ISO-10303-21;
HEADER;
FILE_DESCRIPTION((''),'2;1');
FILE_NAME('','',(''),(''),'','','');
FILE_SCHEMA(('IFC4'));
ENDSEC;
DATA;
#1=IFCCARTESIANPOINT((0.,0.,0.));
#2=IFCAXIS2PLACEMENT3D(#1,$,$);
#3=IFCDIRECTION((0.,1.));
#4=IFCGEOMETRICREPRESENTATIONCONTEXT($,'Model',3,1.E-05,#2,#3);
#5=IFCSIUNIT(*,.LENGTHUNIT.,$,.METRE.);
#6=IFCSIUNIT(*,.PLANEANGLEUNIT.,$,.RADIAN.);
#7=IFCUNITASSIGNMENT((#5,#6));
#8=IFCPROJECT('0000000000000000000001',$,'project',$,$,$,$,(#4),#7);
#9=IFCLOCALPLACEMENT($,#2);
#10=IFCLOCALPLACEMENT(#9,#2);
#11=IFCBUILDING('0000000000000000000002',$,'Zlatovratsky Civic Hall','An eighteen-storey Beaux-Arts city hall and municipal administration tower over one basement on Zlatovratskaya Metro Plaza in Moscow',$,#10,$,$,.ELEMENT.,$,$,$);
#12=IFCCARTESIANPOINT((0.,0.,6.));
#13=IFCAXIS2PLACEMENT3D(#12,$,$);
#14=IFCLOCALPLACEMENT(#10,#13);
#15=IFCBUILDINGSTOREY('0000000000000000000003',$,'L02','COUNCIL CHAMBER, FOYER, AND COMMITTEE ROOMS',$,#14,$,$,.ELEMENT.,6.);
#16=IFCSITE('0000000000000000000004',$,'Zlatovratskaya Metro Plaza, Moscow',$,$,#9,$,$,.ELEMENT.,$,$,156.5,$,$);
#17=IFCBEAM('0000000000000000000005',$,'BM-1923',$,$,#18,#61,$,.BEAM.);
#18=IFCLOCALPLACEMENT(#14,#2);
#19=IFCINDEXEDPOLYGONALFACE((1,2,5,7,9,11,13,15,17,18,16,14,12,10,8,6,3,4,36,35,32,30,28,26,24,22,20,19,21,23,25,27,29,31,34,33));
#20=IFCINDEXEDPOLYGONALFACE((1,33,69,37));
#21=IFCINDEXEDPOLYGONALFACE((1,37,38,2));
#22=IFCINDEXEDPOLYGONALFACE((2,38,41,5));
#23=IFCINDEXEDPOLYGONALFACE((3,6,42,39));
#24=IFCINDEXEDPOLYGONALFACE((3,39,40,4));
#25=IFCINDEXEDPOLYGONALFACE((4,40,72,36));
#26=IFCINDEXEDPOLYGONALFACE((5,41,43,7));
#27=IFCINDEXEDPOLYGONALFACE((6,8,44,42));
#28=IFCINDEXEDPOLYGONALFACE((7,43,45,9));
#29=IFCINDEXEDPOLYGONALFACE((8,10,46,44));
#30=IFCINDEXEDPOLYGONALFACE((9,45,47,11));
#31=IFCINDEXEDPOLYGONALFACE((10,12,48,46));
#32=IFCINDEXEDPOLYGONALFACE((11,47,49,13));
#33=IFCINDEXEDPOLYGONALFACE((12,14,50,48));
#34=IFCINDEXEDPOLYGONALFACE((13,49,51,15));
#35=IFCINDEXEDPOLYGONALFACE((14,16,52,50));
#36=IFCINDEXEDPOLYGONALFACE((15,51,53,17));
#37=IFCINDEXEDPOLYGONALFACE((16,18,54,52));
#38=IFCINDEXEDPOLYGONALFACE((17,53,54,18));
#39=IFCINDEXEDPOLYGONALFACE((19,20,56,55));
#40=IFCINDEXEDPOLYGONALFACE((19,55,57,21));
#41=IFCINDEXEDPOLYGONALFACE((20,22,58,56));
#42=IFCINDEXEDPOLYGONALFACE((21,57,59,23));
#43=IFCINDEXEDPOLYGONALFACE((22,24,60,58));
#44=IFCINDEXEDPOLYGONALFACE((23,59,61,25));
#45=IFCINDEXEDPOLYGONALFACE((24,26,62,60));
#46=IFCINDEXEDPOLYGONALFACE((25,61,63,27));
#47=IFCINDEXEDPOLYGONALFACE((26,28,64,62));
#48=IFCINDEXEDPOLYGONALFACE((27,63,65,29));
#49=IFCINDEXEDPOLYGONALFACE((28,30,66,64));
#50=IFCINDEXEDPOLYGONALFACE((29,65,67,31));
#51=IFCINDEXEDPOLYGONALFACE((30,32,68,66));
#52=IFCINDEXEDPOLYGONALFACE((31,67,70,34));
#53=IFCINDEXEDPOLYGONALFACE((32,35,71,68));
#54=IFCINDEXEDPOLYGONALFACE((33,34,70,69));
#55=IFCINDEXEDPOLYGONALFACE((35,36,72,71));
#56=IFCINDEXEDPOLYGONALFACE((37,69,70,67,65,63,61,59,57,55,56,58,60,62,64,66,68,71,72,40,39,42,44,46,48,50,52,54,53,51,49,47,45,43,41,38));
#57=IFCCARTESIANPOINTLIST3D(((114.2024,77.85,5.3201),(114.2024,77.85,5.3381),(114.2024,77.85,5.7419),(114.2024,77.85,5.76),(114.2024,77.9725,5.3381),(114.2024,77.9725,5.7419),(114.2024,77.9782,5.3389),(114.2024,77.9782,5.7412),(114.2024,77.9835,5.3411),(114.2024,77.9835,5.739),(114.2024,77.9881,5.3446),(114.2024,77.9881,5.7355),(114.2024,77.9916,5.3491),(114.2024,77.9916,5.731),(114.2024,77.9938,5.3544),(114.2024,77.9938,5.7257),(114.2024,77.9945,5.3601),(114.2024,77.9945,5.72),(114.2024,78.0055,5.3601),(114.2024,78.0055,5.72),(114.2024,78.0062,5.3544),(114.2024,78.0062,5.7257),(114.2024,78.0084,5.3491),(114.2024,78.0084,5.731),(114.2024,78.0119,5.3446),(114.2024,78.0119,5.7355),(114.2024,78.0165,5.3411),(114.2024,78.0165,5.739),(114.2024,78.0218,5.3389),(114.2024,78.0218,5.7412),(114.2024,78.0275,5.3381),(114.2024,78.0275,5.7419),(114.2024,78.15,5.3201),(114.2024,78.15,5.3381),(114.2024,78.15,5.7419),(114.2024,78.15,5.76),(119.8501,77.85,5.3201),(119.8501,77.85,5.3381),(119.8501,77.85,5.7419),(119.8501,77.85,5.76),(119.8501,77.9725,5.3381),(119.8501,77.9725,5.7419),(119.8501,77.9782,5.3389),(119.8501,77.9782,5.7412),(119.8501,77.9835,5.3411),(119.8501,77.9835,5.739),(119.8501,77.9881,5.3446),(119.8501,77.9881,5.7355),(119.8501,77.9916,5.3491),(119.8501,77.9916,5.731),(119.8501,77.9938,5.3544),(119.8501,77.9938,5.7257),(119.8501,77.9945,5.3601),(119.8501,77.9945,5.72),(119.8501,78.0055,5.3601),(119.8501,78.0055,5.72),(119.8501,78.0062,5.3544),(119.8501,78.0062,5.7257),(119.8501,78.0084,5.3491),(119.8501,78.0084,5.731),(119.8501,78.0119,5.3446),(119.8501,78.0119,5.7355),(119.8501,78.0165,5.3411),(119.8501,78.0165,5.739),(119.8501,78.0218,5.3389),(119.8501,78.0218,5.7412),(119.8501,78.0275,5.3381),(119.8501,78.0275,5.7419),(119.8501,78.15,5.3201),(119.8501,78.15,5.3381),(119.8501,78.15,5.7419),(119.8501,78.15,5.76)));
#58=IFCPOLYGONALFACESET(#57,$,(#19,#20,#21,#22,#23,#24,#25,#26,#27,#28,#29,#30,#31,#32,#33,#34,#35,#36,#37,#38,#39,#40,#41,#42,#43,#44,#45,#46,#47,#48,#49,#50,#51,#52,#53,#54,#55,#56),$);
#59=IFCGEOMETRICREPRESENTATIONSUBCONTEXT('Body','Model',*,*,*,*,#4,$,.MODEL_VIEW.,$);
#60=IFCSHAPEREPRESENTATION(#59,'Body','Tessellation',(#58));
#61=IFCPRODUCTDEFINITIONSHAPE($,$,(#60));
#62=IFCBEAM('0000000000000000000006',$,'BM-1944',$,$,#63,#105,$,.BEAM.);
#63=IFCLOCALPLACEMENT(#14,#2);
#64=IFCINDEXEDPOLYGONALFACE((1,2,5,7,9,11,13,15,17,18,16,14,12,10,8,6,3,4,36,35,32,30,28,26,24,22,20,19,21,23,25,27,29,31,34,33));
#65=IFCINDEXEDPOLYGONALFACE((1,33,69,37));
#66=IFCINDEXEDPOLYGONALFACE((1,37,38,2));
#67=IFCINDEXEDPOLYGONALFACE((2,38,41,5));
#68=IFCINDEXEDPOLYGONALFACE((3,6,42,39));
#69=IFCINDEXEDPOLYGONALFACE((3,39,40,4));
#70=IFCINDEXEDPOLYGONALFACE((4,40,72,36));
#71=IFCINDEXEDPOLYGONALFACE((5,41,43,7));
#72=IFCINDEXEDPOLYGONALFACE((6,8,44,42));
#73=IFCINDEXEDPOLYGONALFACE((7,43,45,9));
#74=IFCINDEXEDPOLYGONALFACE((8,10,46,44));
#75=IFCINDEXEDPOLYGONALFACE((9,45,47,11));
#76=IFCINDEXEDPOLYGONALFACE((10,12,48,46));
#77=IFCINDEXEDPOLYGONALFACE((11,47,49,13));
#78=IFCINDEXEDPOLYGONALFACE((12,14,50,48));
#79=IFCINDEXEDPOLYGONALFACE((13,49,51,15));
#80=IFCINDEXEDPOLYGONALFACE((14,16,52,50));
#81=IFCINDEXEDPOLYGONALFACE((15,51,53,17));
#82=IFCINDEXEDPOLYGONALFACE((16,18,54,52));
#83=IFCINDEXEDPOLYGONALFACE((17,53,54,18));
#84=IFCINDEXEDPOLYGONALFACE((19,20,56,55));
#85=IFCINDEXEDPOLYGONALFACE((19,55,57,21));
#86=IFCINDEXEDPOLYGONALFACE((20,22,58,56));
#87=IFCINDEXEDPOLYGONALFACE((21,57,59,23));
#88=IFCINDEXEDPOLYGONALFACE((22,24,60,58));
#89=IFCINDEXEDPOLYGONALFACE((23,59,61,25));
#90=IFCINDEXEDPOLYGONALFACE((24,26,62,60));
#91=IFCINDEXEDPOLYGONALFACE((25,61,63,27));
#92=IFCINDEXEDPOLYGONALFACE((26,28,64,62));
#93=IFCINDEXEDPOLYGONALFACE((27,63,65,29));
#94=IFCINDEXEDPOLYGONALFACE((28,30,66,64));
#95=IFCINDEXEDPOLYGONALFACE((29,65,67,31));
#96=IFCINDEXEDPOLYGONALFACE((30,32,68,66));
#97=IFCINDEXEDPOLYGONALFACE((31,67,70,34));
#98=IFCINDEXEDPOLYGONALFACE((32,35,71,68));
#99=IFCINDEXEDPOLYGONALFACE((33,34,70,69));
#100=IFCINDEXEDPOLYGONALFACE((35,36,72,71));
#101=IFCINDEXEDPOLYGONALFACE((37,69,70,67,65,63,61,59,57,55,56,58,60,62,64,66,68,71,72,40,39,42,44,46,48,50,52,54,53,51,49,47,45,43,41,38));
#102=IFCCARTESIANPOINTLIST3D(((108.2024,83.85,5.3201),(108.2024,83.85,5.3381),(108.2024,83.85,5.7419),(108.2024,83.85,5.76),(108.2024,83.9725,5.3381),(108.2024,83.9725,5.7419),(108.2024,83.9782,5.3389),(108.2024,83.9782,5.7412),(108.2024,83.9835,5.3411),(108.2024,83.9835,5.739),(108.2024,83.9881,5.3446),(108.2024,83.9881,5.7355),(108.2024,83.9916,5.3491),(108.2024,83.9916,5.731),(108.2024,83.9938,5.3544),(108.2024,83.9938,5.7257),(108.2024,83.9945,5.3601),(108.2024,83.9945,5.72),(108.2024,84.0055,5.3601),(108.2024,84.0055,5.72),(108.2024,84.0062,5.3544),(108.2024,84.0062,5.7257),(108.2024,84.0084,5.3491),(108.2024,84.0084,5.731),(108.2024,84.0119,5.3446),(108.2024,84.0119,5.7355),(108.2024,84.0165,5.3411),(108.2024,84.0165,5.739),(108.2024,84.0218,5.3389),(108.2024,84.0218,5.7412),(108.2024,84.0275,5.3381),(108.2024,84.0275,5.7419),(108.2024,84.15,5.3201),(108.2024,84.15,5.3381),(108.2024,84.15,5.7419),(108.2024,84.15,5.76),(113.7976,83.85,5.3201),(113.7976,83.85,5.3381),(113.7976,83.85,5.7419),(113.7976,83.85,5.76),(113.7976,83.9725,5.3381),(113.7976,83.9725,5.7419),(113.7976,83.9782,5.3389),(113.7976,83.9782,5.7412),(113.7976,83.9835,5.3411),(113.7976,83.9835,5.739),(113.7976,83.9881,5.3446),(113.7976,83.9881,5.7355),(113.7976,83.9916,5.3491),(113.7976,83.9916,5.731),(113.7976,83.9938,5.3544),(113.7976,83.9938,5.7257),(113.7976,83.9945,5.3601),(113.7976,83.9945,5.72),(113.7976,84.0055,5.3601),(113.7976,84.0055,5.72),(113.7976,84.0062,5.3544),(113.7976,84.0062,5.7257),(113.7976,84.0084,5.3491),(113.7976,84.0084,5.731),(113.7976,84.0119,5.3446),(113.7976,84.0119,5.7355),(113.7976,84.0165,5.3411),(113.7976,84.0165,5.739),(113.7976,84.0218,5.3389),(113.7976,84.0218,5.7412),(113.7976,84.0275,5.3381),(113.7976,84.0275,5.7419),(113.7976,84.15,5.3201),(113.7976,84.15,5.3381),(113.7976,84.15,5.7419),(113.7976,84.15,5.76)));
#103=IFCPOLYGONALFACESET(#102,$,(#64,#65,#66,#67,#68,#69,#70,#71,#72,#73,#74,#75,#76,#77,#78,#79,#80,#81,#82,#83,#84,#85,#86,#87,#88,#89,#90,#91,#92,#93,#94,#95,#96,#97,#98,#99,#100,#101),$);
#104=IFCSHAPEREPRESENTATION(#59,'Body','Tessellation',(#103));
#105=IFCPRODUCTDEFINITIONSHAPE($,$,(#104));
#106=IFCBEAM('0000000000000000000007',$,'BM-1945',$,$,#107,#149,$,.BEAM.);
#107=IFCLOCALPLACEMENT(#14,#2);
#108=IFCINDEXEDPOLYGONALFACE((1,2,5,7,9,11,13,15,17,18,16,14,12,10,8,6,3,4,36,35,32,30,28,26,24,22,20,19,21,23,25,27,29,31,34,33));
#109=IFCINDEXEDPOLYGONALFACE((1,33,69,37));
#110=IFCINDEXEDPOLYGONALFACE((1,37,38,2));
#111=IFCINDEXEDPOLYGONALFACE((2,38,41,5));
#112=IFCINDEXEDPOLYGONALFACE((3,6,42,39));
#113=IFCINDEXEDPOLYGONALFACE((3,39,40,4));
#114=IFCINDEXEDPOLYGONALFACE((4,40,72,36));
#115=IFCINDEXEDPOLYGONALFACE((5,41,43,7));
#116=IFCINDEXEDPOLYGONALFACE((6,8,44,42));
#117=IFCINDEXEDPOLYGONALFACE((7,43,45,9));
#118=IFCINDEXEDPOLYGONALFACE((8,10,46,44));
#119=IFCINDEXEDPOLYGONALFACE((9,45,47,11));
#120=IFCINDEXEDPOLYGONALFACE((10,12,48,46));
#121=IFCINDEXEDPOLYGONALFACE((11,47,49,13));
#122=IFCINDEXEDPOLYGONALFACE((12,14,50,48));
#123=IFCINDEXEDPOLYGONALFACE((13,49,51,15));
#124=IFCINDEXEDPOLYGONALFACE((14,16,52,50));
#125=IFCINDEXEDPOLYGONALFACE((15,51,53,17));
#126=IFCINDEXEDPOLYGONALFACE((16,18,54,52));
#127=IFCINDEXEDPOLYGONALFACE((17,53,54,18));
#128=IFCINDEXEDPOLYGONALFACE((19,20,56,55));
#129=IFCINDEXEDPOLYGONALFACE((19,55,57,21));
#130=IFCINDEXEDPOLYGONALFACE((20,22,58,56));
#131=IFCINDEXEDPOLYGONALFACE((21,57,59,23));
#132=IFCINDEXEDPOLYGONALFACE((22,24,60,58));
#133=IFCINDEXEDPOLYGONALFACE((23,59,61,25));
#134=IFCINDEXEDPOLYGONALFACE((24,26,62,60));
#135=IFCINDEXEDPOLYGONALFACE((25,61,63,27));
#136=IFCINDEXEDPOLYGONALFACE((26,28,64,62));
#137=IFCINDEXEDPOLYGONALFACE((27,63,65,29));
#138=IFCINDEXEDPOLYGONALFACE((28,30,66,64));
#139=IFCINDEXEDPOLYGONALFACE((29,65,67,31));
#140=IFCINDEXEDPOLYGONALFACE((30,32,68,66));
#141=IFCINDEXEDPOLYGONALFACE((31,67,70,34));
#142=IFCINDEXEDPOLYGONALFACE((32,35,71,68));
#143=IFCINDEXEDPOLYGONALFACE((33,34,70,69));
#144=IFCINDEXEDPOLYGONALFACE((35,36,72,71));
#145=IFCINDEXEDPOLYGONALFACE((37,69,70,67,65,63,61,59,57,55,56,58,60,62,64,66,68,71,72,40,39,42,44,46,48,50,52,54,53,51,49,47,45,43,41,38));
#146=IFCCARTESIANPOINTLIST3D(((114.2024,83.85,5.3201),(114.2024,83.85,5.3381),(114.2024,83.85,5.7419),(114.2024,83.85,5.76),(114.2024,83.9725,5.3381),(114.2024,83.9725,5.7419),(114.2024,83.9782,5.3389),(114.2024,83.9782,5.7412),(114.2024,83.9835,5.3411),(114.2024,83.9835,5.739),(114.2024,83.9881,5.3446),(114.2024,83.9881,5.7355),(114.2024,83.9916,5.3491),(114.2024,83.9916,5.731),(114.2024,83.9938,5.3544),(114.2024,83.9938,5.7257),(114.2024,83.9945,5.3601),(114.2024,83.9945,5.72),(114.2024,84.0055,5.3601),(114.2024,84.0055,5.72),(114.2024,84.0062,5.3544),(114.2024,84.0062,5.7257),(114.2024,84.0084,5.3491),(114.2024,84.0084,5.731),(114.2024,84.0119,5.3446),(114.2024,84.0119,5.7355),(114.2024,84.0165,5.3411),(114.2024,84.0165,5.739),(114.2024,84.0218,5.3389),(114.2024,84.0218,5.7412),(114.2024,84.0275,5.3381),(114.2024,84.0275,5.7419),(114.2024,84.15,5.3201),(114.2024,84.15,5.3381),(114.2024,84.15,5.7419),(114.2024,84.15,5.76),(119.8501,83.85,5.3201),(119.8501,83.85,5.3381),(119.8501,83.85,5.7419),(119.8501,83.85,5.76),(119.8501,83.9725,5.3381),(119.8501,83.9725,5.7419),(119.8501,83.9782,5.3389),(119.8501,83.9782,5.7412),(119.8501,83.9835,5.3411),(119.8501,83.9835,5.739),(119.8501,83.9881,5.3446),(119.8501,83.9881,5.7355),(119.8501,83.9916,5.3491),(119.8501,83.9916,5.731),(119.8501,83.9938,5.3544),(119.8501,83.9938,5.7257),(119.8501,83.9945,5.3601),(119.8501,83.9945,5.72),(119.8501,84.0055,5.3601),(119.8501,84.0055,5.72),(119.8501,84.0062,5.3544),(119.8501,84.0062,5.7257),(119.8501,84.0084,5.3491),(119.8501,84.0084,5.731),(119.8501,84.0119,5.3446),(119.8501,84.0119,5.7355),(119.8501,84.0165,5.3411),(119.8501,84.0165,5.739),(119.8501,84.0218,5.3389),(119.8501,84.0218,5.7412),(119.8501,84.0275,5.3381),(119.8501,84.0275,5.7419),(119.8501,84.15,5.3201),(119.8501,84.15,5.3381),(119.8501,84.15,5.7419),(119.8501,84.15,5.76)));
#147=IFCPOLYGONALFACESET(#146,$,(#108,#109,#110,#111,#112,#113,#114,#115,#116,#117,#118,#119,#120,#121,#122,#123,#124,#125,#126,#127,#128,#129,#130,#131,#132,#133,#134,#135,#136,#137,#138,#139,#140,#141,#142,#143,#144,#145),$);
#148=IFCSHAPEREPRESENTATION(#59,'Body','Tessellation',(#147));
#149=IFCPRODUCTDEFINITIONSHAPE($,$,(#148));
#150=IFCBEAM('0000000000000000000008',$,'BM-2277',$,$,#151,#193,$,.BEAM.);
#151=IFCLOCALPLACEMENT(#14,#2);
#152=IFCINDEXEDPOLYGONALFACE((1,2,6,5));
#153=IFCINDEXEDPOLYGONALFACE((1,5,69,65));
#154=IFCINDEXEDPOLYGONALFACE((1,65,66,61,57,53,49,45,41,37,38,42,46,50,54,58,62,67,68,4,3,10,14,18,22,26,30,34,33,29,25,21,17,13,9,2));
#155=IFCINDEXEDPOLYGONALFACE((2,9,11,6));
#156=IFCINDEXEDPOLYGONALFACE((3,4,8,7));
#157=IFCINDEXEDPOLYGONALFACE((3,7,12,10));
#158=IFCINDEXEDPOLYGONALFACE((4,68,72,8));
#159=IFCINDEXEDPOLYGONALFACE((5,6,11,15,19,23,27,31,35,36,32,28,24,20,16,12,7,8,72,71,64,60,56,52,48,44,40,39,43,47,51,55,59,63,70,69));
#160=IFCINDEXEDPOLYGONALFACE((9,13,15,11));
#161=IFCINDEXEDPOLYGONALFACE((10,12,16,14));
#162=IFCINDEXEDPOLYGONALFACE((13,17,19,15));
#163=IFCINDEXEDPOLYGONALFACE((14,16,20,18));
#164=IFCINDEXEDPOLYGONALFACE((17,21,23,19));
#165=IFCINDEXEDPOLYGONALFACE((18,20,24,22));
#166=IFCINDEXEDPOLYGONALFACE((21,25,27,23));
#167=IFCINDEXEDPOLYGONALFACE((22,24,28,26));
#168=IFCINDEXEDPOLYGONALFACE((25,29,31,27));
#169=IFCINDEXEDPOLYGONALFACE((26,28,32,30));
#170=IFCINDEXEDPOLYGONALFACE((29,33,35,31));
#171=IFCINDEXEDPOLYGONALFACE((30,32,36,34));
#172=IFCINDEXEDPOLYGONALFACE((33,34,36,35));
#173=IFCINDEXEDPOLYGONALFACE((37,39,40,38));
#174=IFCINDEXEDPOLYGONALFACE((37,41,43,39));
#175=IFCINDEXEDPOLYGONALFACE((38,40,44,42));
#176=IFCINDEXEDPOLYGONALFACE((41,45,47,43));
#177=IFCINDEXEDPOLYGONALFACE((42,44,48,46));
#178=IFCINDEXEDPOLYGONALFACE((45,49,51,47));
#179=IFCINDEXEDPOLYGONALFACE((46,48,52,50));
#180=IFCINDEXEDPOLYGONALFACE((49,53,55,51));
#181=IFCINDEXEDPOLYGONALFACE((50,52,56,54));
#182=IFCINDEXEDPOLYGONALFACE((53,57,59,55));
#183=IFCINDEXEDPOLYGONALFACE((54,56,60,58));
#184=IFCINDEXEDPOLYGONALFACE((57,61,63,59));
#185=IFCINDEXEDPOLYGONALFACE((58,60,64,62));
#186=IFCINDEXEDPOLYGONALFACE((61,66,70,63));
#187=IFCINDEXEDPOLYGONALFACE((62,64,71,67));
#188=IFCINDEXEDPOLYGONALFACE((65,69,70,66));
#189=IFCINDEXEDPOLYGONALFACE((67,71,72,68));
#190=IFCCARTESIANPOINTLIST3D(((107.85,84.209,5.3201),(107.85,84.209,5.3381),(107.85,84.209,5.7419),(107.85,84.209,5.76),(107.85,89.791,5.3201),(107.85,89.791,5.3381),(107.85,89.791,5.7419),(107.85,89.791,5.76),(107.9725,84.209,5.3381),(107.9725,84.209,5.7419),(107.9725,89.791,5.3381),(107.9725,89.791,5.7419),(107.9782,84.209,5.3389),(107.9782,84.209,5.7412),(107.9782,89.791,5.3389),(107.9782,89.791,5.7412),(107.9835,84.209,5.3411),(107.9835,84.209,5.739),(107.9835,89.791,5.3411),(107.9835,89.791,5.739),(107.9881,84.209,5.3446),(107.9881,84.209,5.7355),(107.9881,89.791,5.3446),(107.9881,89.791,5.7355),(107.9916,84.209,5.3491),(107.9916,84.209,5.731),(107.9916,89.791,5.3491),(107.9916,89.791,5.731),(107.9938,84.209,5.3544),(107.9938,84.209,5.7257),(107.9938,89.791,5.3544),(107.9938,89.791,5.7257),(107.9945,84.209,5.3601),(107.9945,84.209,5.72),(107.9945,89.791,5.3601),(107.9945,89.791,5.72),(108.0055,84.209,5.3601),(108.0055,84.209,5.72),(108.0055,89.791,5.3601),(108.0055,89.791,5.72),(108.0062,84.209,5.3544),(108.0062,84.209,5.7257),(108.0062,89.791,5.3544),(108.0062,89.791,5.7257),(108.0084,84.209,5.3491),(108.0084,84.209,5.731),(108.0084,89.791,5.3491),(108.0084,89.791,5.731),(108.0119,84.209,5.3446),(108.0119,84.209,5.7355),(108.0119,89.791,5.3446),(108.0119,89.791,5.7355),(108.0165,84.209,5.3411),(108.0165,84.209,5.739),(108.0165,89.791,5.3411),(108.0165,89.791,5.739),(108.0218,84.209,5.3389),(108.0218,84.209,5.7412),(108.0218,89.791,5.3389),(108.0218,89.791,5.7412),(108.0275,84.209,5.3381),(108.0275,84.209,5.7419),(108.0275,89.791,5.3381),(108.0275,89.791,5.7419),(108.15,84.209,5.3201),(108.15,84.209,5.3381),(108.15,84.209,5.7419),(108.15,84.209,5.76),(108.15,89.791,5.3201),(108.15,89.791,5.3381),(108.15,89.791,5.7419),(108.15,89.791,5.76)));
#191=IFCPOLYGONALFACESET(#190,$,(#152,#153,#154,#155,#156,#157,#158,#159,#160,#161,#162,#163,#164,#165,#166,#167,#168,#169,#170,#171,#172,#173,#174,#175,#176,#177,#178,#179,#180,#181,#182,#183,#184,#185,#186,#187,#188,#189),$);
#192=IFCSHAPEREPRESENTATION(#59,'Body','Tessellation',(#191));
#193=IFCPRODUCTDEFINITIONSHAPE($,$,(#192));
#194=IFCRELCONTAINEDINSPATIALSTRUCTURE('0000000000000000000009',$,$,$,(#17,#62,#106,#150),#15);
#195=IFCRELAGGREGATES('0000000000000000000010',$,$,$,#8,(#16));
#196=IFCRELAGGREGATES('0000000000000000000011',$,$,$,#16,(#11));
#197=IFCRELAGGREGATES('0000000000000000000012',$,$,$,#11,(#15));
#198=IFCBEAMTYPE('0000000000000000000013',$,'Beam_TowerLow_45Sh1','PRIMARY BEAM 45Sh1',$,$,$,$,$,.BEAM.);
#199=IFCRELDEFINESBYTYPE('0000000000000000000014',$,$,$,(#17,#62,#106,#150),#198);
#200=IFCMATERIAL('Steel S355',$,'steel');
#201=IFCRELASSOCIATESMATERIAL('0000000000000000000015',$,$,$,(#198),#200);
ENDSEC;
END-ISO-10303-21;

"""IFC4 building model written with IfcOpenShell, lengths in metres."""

from ifc_helpers import new_model, si_unit, direction, frame, origin, origin_2d, place, context, subcontext, project, spatial, i_section, extrude, material, material_profile, profile_set, type_object, element, save


model = new_model("IFC4")

# Units and contexts
model_context = context("Model", 3, precision=1e-05, world=origin(), true_north=direction((0.0, 1.0)))
body_context = subcontext(model_context, "Body", "Model", "MODEL_VIEW")
ifc_project = project(units=[si_unit("LENGTHUNIT", "METRE"), si_unit("PLANEANGLEUNIT", "RADIAN")], contexts=[model_context])

# Site, building, storey
site_placement = place(None, origin())
site = spatial("IfcSite", under=ifc_project, at=site_placement, Name="Zlatovratskaya Metro Plaza, Moscow", CompositionType="ELEMENT", RefElevation=156.5)
building_placement = place(site_placement, origin())
building = spatial("IfcBuilding", under=site, at=building_placement, Name="Zlatovratsky Civic Hall", Description="An eighteen-storey Beaux-Arts city hall and municipal administration tower over one basement on Zlatovratskaya Metro Plaza in Moscow", CompositionType="ELEMENT")
storey_placement = place(building_placement, frame((0.0, 0.0, 6.0)))
storey = spatial("IfcBuildingStorey", under=building, at=storey_placement, Name="L02", Description="COUNCIL CHAMBER, FOYER, AND COMMITTEE ROOMS", CompositionType="ELEMENT", Elevation=6.0)

# Shared definitions
ifc_material_1 = material(Name="Steel S355", Category="steel")

# Beams
ifc_material_profile_1 = material_profile(ifc_material_1, i_section(OverallWidth=0.3, OverallDepth=0.4399, WebThickness=0.011, FlangeThickness=0.0181, FilletRadius=0.022, at=origin_2d()), Name="45Sh1")
ifc_profile_set_1 = profile_set([ifc_material_profile_1], Name="Steel S355")
beam_type_1 = type_object("IfcBeamType", Name="Beam_TowerLow_45Sh1", Description="PRIMARY BEAM 45Sh1", PredefinedType="BEAM", material=ifc_profile_set_1)
beam_1_placement = place(storey_placement, frame((114.2024, 78.0, 5.54), z_axis=(1.0, 0.0, 0.0), x_axis=(0.0, 1.0, 0.0)))
element("IfcBeam", 1, at=beam_1_placement, inside=storey, type_object=beam_type_1, Name="BM-1923", PredefinedType="BEAM", context=body_context, shape_type="SweptSolid", body=[
    extrude(i_section(OverallWidth=0.3, OverallDepth=0.4399, WebThickness=0.011, FlangeThickness=0.0181, FilletRadius=0.022, at=origin_2d()), origin(), (0.0, 0.0, 1.0), 5.6477),
])
beam_2_placement = place(storey_placement, frame((108.2024, 84.0, 5.54), z_axis=(1.0, 0.0, 0.0), x_axis=(0.0, 1.0, 0.0)))
element("IfcBeam", 2, at=beam_2_placement, inside=storey, type_object=beam_type_1, Name="BM-1944", PredefinedType="BEAM", context=body_context, shape_type="SweptSolid", body=[
    extrude(i_section(OverallWidth=0.3, OverallDepth=0.4399, WebThickness=0.011, FlangeThickness=0.0181, FilletRadius=0.022, at=origin_2d()), origin(), (0.0, 0.0, 1.0), 5.5952),
])
beam_3_placement = place(storey_placement, frame((114.2024, 84.0, 5.54), z_axis=(1.0, 0.0, 0.0), x_axis=(0.0, 1.0, 0.0)))
element("IfcBeam", 3, at=beam_3_placement, inside=storey, type_object=beam_type_1, Name="BM-1945", PredefinedType="BEAM", context=body_context, shape_type="SweptSolid", body=[
    extrude(i_section(OverallWidth=0.3, OverallDepth=0.4399, WebThickness=0.011, FlangeThickness=0.0181, FilletRadius=0.022, at=origin_2d()), origin(), (0.0, 0.0, 1.0), 5.6477),
])
beam_4_placement = place(storey_placement, frame((108.0, 84.209, 5.54), z_axis=(0.0, 1.0, 0.0), x_axis=(-1.0, 0.0, 0.0)))
element("IfcBeam", 4, at=beam_4_placement, inside=storey, type_object=beam_type_1, Name="BM-2277", PredefinedType="BEAM", context=body_context, shape_type="SweptSolid", body=[
    extrude(i_section(OverallWidth=0.3, OverallDepth=0.4399, WebThickness=0.011, FlangeThickness=0.0181, FilletRadius=0.022, at=origin_2d()), origin(), (0.0, 0.0, 1.0), 5.582),
])

save(model, "model.ifc")
